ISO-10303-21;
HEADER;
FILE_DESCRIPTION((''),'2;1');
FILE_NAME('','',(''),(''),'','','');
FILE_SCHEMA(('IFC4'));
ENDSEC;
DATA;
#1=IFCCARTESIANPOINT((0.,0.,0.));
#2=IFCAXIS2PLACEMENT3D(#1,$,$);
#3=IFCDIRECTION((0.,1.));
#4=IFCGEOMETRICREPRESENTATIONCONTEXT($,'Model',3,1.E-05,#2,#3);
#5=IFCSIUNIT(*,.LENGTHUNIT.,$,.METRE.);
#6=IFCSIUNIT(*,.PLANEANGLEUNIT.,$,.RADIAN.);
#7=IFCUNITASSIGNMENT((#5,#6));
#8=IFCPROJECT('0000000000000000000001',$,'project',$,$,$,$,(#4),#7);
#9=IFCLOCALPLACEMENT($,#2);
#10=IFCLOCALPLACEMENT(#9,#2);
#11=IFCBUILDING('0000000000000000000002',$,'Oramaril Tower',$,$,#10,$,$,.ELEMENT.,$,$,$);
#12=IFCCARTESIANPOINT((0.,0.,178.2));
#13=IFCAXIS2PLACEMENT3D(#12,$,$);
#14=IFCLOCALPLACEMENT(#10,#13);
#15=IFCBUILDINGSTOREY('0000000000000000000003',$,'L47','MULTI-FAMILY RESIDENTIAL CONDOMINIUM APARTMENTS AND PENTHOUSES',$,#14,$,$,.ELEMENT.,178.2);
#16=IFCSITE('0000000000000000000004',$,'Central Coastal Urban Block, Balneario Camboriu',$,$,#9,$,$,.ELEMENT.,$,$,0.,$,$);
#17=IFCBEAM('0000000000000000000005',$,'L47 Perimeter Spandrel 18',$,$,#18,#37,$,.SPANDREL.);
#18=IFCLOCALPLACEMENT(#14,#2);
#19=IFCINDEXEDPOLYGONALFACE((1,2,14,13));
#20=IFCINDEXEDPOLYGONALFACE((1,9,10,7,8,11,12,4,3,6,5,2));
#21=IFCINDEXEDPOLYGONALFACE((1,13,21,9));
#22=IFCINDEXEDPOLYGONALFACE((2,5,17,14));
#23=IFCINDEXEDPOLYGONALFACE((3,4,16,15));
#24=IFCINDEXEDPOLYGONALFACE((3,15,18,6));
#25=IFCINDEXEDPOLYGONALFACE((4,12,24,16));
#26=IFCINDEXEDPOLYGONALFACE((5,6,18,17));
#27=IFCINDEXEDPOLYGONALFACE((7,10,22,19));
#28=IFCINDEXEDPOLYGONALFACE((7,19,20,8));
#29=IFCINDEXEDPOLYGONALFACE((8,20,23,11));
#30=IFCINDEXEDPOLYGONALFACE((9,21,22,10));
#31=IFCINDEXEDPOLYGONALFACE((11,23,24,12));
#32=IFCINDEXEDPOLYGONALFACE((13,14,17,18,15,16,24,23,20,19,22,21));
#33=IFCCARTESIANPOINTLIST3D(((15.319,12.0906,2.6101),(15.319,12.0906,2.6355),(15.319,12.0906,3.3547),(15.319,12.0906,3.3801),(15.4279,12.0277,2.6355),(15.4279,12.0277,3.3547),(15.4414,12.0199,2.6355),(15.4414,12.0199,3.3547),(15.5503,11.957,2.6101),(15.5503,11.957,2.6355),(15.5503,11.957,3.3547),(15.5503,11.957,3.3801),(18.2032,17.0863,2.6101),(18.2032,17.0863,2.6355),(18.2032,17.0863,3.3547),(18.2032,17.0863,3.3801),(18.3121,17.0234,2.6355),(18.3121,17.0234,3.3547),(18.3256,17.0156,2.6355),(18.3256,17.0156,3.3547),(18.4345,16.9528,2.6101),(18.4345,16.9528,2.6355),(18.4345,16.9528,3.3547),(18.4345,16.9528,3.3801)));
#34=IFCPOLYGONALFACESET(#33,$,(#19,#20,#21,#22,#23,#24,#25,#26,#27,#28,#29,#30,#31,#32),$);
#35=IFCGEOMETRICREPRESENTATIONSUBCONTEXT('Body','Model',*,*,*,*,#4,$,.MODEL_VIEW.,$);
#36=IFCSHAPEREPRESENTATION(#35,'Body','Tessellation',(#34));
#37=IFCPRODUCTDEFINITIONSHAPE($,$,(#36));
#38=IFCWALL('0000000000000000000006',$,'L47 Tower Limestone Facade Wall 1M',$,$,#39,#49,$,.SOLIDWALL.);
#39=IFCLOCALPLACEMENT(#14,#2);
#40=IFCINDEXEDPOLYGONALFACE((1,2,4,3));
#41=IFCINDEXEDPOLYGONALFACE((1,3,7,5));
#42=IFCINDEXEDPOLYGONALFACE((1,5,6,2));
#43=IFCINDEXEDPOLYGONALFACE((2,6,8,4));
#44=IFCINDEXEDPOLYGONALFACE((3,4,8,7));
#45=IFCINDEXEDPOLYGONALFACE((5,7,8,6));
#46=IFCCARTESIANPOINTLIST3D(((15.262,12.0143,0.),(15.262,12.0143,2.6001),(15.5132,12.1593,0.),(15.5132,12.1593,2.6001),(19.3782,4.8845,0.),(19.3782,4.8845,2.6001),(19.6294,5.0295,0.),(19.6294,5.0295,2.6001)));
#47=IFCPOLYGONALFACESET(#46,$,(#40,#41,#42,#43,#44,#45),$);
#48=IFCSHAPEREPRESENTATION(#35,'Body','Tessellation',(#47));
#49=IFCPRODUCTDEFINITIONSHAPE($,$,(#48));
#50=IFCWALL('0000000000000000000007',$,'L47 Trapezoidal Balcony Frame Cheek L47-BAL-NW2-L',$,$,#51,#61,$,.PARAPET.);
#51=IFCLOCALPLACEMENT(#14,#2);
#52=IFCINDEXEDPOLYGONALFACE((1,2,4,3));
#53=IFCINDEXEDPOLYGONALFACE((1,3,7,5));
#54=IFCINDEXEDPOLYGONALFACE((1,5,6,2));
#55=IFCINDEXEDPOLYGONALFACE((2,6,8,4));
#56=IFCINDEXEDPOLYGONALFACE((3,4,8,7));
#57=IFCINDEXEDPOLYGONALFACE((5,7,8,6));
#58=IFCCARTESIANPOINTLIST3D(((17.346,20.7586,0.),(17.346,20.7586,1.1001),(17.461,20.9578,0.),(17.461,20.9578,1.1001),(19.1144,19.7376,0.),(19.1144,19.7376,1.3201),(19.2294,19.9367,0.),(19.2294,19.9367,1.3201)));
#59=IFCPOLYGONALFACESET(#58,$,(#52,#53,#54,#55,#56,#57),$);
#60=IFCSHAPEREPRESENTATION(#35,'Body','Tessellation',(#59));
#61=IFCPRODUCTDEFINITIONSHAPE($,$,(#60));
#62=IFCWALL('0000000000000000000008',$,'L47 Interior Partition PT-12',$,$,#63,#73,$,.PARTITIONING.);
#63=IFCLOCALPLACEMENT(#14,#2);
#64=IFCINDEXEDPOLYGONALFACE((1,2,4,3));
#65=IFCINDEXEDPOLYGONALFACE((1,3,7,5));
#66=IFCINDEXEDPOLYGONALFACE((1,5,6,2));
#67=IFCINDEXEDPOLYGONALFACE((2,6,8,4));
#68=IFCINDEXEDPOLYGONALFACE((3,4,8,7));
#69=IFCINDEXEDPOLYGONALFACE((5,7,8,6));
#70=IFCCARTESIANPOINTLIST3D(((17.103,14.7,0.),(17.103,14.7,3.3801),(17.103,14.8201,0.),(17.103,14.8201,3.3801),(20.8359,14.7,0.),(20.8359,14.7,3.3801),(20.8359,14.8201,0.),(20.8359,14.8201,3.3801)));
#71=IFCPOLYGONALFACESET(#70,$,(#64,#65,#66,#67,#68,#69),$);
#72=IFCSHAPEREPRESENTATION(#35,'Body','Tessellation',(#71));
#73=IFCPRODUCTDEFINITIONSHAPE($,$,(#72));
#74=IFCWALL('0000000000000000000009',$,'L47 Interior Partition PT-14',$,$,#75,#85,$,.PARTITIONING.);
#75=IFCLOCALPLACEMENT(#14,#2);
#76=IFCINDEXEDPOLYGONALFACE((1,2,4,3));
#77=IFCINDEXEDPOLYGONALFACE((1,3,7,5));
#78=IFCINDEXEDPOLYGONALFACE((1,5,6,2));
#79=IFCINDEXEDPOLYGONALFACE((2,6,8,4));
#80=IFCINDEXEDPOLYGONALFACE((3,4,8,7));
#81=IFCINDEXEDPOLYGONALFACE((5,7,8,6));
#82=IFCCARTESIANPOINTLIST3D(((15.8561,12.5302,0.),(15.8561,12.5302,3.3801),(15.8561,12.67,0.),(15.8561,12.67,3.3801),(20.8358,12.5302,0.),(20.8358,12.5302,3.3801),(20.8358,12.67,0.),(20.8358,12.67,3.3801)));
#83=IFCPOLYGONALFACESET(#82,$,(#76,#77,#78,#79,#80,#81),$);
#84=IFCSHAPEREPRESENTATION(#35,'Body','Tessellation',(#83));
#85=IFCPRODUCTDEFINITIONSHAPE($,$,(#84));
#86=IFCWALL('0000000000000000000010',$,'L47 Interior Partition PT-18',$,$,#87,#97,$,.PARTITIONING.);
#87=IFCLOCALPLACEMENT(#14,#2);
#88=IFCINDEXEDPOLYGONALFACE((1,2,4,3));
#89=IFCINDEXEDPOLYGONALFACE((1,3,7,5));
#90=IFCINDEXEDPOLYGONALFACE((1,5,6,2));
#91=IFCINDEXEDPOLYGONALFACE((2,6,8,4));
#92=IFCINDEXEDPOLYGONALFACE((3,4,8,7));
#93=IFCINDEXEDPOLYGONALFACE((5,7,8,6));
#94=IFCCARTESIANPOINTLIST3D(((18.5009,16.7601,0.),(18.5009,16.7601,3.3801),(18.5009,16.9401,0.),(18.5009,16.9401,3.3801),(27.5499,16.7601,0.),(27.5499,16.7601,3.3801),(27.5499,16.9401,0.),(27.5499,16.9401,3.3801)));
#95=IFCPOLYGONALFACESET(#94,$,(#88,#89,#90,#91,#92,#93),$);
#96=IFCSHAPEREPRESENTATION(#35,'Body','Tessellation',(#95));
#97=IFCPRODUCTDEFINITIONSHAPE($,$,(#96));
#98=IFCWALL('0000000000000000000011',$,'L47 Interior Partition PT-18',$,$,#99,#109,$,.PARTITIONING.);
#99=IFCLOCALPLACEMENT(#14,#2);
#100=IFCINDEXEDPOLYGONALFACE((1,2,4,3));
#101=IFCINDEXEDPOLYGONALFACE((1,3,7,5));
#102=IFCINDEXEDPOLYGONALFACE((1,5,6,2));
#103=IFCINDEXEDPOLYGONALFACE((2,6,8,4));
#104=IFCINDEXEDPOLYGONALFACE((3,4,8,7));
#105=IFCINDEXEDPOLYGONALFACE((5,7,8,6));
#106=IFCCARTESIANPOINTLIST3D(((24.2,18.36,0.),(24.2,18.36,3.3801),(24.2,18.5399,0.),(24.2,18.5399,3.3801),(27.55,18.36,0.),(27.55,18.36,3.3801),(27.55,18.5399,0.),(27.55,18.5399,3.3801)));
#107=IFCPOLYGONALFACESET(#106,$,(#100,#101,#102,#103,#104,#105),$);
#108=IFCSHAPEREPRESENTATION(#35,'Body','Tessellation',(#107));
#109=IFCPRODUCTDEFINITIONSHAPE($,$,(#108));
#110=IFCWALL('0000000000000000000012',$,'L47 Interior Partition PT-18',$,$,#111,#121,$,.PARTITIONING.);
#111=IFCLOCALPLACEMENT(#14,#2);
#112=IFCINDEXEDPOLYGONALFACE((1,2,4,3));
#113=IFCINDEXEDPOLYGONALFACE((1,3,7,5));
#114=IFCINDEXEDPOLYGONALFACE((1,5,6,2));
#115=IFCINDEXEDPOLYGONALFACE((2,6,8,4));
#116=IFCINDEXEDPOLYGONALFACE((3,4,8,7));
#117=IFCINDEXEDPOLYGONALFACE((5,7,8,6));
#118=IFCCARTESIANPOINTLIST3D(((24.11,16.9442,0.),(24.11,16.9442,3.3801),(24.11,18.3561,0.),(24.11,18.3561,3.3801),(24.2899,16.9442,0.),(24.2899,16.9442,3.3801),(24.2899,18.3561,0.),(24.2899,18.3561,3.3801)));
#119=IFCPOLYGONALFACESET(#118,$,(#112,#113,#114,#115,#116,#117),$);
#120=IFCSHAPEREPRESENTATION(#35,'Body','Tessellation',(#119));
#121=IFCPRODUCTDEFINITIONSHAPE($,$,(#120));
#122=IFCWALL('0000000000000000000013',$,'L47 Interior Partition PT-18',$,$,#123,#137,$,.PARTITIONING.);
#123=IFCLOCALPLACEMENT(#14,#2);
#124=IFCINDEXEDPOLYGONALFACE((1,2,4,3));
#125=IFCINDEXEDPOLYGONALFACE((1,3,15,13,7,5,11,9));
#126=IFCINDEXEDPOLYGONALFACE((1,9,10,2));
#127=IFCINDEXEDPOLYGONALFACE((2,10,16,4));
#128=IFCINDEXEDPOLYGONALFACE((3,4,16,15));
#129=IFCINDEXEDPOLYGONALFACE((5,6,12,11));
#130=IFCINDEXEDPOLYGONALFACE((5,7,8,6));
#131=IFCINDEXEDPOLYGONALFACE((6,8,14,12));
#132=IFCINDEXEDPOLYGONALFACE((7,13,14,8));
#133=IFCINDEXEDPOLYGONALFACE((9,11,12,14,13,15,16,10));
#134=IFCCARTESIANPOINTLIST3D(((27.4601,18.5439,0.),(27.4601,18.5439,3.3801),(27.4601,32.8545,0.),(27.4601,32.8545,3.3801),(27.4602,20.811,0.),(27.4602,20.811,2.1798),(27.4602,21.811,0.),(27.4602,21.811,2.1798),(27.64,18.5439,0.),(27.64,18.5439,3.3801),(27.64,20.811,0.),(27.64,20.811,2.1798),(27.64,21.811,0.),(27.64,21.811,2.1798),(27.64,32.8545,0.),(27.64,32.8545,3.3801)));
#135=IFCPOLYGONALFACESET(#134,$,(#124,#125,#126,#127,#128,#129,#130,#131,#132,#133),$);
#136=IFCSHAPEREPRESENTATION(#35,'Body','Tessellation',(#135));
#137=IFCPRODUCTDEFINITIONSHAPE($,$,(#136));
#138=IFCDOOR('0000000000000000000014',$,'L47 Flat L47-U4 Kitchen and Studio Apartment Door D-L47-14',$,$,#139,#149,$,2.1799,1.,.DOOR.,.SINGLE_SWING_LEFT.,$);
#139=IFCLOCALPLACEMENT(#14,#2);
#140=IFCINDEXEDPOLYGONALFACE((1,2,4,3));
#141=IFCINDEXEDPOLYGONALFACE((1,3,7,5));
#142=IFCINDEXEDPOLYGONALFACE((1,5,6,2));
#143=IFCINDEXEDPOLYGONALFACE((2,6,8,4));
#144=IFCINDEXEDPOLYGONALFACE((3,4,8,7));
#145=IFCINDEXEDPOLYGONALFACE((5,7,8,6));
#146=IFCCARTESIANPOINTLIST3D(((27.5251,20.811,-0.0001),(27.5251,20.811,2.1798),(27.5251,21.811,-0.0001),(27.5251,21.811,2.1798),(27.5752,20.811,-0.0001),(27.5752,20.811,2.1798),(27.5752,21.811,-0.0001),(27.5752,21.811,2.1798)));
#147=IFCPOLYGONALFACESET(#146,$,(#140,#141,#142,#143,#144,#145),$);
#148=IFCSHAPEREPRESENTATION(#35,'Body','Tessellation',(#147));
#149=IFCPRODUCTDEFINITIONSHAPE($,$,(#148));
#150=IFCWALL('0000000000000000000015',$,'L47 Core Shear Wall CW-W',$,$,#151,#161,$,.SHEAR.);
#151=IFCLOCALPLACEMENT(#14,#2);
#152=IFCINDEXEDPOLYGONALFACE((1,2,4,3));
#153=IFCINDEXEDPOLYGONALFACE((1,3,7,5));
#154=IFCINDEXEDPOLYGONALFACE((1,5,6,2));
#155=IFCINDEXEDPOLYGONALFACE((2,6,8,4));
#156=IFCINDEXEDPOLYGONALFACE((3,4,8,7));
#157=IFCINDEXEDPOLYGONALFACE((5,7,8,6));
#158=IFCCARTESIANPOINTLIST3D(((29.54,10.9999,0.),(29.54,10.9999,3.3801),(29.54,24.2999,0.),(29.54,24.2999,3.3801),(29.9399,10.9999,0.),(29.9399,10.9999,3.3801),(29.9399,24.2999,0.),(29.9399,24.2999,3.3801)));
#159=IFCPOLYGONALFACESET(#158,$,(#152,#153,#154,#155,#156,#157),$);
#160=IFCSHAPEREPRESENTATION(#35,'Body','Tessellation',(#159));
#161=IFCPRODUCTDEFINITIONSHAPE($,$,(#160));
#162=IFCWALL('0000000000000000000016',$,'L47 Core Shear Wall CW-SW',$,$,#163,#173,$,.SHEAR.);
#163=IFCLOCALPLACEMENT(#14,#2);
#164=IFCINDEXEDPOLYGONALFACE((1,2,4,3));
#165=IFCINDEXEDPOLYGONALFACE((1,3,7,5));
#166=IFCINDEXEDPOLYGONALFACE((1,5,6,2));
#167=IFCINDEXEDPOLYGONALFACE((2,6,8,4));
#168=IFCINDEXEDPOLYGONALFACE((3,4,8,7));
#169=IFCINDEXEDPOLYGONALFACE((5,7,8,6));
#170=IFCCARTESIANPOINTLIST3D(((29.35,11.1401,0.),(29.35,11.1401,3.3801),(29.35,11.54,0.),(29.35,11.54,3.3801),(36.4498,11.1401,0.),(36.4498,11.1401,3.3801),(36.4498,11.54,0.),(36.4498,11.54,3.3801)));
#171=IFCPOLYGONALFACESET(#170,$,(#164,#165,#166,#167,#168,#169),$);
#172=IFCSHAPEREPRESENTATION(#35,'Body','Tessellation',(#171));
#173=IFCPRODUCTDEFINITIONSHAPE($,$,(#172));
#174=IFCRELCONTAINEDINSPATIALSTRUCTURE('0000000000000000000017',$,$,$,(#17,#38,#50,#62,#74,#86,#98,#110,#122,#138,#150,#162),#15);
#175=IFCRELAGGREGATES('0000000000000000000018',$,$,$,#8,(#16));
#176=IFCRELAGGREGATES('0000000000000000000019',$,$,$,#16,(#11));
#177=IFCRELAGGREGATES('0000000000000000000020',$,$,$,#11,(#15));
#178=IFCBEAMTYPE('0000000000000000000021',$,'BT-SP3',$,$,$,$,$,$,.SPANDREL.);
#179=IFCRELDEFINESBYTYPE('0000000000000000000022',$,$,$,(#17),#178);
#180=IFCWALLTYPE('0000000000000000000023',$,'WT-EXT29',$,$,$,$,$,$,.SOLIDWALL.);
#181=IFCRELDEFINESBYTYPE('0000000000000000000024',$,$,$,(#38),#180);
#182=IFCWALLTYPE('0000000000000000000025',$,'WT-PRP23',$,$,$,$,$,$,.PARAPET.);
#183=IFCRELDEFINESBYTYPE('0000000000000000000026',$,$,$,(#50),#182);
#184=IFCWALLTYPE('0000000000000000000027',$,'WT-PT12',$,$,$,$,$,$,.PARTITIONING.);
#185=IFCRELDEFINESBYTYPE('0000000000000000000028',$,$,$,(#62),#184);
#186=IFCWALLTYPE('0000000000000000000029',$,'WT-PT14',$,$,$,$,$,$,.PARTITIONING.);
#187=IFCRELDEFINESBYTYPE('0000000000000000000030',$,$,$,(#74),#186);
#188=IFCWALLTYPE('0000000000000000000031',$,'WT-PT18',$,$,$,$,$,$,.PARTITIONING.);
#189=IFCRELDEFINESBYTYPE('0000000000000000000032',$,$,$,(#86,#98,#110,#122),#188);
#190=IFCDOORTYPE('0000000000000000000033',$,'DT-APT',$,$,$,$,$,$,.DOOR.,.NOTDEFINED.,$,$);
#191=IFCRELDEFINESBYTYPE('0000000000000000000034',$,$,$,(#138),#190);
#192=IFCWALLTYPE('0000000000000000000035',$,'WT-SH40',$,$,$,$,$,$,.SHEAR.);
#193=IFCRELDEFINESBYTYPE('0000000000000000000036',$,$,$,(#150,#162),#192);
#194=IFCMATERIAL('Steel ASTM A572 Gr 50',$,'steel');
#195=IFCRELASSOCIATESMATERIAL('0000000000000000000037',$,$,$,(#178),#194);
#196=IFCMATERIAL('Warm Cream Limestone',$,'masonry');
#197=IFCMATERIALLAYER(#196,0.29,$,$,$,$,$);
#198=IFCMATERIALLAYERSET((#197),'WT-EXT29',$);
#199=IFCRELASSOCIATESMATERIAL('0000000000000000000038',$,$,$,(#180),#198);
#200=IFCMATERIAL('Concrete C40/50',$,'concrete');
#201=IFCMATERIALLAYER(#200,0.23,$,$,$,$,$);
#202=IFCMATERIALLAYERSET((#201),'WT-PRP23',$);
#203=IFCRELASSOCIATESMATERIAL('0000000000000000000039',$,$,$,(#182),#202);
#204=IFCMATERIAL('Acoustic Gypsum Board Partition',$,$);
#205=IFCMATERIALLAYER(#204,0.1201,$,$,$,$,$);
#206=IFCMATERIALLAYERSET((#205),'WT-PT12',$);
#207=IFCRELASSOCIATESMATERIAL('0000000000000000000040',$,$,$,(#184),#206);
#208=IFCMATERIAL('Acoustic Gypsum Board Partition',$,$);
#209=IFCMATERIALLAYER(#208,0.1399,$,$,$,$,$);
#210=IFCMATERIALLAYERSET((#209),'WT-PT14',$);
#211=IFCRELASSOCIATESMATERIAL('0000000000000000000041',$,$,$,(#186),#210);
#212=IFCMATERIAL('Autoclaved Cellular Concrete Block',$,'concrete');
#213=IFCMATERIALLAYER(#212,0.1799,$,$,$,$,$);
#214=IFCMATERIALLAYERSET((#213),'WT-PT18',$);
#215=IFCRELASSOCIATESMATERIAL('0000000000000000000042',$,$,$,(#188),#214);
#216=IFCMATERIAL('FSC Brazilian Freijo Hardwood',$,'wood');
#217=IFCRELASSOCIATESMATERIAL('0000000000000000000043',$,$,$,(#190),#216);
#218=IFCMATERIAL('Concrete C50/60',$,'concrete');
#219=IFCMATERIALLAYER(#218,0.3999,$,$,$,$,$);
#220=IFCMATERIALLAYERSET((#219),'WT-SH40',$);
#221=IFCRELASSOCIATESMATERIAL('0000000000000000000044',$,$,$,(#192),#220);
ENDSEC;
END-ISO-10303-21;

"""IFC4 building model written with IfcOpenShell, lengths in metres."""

from ifc_helpers import new_model, si_unit, direction, frame, frame_2d, origin, origin_2d, place, context, subcontext, project, spatial, polyline, rectangle, i_section, outline, extrude, material, layer, layer_set, material_profile, profile_set, type_object, element, fill, save


model = new_model("IFC4")

# Units and contexts
model_context = context("Model", 3, precision=1e-05, world=origin(), true_north=direction((0.0, 1.0)))
body_context = subcontext(model_context, "Body", "Model", "MODEL_VIEW")
ifc_project = project(units=[si_unit("LENGTHUNIT", "METRE"), si_unit("PLANEANGLEUNIT", "RADIAN")], contexts=[model_context])

# Site, building, storey
site_placement = place(None, origin())
site = spatial("IfcSite", under=ifc_project, at=site_placement, Name="Central Coastal Urban Block, Balneario Camboriu", CompositionType="ELEMENT", RefElevation=0.0)
building_placement = place(site_placement, origin())
building = spatial("IfcBuilding", under=site, at=building_placement, Name="Oramaril Tower", CompositionType="ELEMENT")
storey_placement = place(building_placement, frame((0.0, 0.0, 178.2)))
storey = spatial("IfcBuildingStorey", under=building, at=storey_placement, Name="L47", Description="MULTI-FAMILY RESIDENTIAL CONDOMINIUM APARTMENTS AND PENTHOUSES", CompositionType="ELEMENT", Elevation=178.2)

# Beam
ifc_material_1 = material(Name="Steel ASTM A572 Gr 50", Category="steel")
ifc_material_profile_1 = material_profile(ifc_material_1, i_section(OverallWidth=0.2671, OverallDepth=0.77, WebThickness=0.0156, FlangeThickness=0.0254, at=origin_2d()), Name="W30X132")
ifc_profile_set_1 = profile_set([ifc_material_profile_1], Name="Steel ASTM A572 Gr 50")
beam_type_1 = type_object("IfcBeamType", Name="BT-SP3", PredefinedType="SPANDREL", material=ifc_profile_set_1)
beam_1_placement = place(storey_placement, frame((18.3188, 17.0195, 2.9951), z_axis=(-0.49999, -0.866031, 0.0), x_axis=(0.866031, -0.49999, 0.0)))
element("IfcBeam", 1, at=beam_1_placement, inside=storey, type_object=beam_type_1, Name="L47 Perimeter Spandrel 18", PredefinedType="SPANDREL", context=body_context, shape_type="SweptSolid", body=[
    extrude(i_section(OverallWidth=0.2671, OverallDepth=0.77, WebThickness=0.0156, FlangeThickness=0.0254, at=origin_2d()), origin(), (0.0, 0.0, 1.0), 5.7686),
])

# Walls
ifc_material_2 = material(Name="Warm Cream Limestone", Category="masonry")
ifc_layer_1 = layer(ifc_material_2, 0.29)
ifc_layer_set_1 = layer_set([ifc_layer_1], Name="WT-EXT29")
wall_type_1 = type_object("IfcWallType", Name="WT-EXT29", PredefinedType="SOLIDWALL", material=ifc_layer_set_1)
wall_1_placement = place(storey_placement, frame((15.3877, 12.0867, 0.0), z_axis=(0.0, 0.0, 1.0), x_axis=(0.499979, -0.866037, 0.0)))
element("IfcWall", 2, at=wall_1_placement, inside=storey, type_object=wall_type_1, Name="L47 Tower Limestone Facade Wall 1M", PredefinedType="SOLIDWALL", context=body_context, shape_type="SweptSolid", body=[
    extrude(rectangle(XDim=8.2327, YDim=0.29, at=frame_2d((4.1162, 0.0))), origin(), (0.0, 0.0, 1.0), 2.6001),
])
ifc_material_3 = material(Name="Concrete C40/50", Category="concrete")
ifc_layer_2 = layer(ifc_material_3, 0.23)
ifc_layer_set_2 = layer_set([ifc_layer_2], Name="WT-PRP23")
wall_type_2 = type_object("IfcWallType", Name="WT-PRP23", PredefinedType="PARAPET", material=ifc_layer_set_2)
wall_2_placement = place(storey_placement, frame((19.1719, 19.8372, 0.0), z_axis=(0.0, 0.0, 1.0), x_axis=(-0.866012, 0.500023, 0.0)))
element("IfcWall", 3, at=wall_2_placement, inside=storey, type_object=wall_type_2, Name="L47 Trapezoidal Balcony Frame Cheek L47-BAL-NW2-L", PredefinedType="PARAPET", context=body_context, shape_type="SweptSolid", body=[
    extrude(outline(polyline([(0.0, 0.0), (2.042, 0.0), (2.042, 1.1001), (0.0, 1.3201), (0.0, 0.0)])), frame((0.0, 0.115, 0.0), z_axis=(0.0, -1.0, 0.0), x_axis=(1.0, 0.0, 0.0)), (0.0, 0.0, 1.0), 0.23),
])
ifc_material_4 = material(Name="Acoustic Gypsum Board Partition")
ifc_layer_3 = layer(ifc_material_4, 0.1201)
ifc_layer_set_3 = layer_set([ifc_layer_3], Name="WT-PT12")
wall_type_3 = type_object("IfcWallType", Name="WT-PT12", PredefinedType="PARTITIONING", material=ifc_layer_set_3)
wall_3_placement = place(storey_placement, frame((17.103, 14.76, 0.0), z_axis=(0.0, 0.0, 1.0), x_axis=(1.0, 0.0, 0.0)))
element("IfcWall", 4, at=wall_3_placement, inside=storey, type_object=wall_type_3, Name="L47 Interior Partition PT-12", PredefinedType="PARTITIONING", context=body_context, shape_type="SweptSolid", body=[
    extrude(rectangle(XDim=3.7329, YDim=0.1201, at=frame_2d((1.8665, 0.0))), origin(), (0.0, 0.0, 1.0), 3.3801),
])
ifc_material_5 = material(Name="Acoustic Gypsum Board Partition")
ifc_layer_4 = layer(ifc_material_5, 0.1399)
ifc_layer_set_4 = layer_set([ifc_layer_4], Name="WT-PT14")
wall_type_4 = type_object("IfcWallType", Name="WT-PT14", PredefinedType="PARTITIONING", material=ifc_layer_set_4)
wall_4_placement = place(storey_placement, frame((15.8562, 12.6001, 0.0), z_axis=(0.0, 0.0, 1.0), x_axis=(1.0, 0.0, 0.0)))
element("IfcWall", 5, at=wall_4_placement, inside=storey, type_object=wall_type_4, Name="L47 Interior Partition PT-14", PredefinedType="PARTITIONING", context=body_context, shape_type="SweptSolid", body=[
    extrude(rectangle(XDim=4.9797, YDim=0.1399, at=frame_2d((2.4897, 0.0))), origin(), (0.0, 0.0, 1.0), 3.3801),
])
ifc_material_6 = material(Name="Autoclaved Cellular Concrete Block", Category="concrete")
ifc_layer_5 = layer(ifc_material_6, 0.1799)
ifc_layer_set_5 = layer_set([ifc_layer_5], Name="WT-PT18")
wall_type_5 = type_object("IfcWallType", Name="WT-PT18", PredefinedType="PARTITIONING", material=ifc_layer_set_5)
wall_5_placement = place(storey_placement, frame((18.501, 16.8501, 0.0), z_axis=(0.0, 0.0, 1.0), x_axis=(1.0, 0.0, 0.0)))
element("IfcWall", 6, at=wall_5_placement, inside=storey, type_object=wall_type_5, Name="L47 Interior Partition PT-18", PredefinedType="PARTITIONING", context=body_context, shape_type="SweptSolid", body=[
    extrude(rectangle(XDim=9.0491, YDim=0.1799, at=frame_2d((4.5244, 0.0))), origin(), (0.0, 0.0, 1.0), 3.3801),
])
wall_6_placement = place(storey_placement, frame((24.2, 18.45, 0.0), z_axis=(0.0, 0.0, 1.0), x_axis=(1.0, 0.0, 0.0)))
element("IfcWall", 7, at=wall_6_placement, inside=storey, type_object=wall_type_5, Name="L47 Interior Partition PT-18", PredefinedType="PARTITIONING", context=body_context, shape_type="SweptSolid", body=[
    extrude(rectangle(XDim=3.3501, YDim=0.1799, at=frame_2d((1.675, 0.0))), origin(), (0.0, 0.0, 1.0), 3.3801),
])
wall_7_placement = place(storey_placement, frame((24.2, 16.9441, 0.0), z_axis=(0.0, 0.0, 1.0), x_axis=(0.0, 1.0, 0.0)))
element("IfcWall", 8, at=wall_7_placement, inside=storey, type_object=wall_type_5, Name="L47 Interior Partition PT-18", PredefinedType="PARTITIONING", context=body_context, shape_type="SweptSolid", body=[
    extrude(rectangle(XDim=1.4119, YDim=0.1799, at=frame_2d((0.7061, 0.0))), origin(), (0.0, 0.0, 1.0), 3.3801),
])

# Wall, opening, door
wall_8_placement = place(storey_placement, frame((27.55, 18.5439, 0.0), z_axis=(0.0, 0.0, 1.0), x_axis=(0.0, 1.0, 0.0)))
wall_8 = element("IfcWall", 9, at=wall_8_placement, inside=storey, type_object=wall_type_5, Name="L47 Interior Partition PT-18", PredefinedType="PARTITIONING", context=body_context, shape_type="SweptSolid", body=[
    extrude(rectangle(XDim=14.3105, YDim=0.1799, at=frame_2d((7.1553, 0.0))), origin(), (0.0, 0.0, 1.0), 3.3801),
])
opening_1_placement = place(wall_8_placement, frame((2.2671, 0.0, 0.0)))
opening_1 = element("IfcOpeningElement", 10, at=opening_1_placement, cuts=wall_8, PredefinedType="OPENING", context=body_context, shape_type="SweptSolid", body=[
    extrude(rectangle(XDim=1.0, YDim=2.1799, at=frame_2d((0.5, 1.0898))), frame((0.0, 0.0898, 0.0), z_axis=(0.0, -1.0, 0.0), x_axis=(1.0, 0.0, 0.0)), (0.0, 0.0, 1.0), 0.1799),
])
ifc_material_7 = material(Name="FSC Brazilian Freijo Hardwood", Category="wood")
door_type_1 = type_object("IfcDoorType", Name="DT-APT", OperationType="NOTDEFINED", PredefinedType="DOOR", material=ifc_material_7)
door_1_placement = place(opening_1_placement, origin())
door_1 = element("IfcDoor", 11, at=door_1_placement, inside=storey, type_object=door_type_1, Name="L47 Flat L47-U4 Kitchen and Studio Apartment Door D-L47-14", OperationType="SINGLE_SWING_LEFT", OverallHeight=2.1799, OverallWidth=1.0, PredefinedType="DOOR", context=body_context, shape_type="SweptSolid", body=[
    extrude(rectangle(XDim=1.0, YDim=2.1799, at=frame_2d((0.5, 1.0898))), frame((0.0, 0.0249, 0.0), z_axis=(0.0, -1.0, 0.0), x_axis=(1.0, 0.0, 0.0)), (0.0, 0.0, 1.0), 0.05),
])
fill(opening_1, door_1)

# Walls
ifc_material_8 = material(Name="Concrete C50/60", Category="concrete")
ifc_layer_6 = layer(ifc_material_8, 0.3999)
ifc_layer_set_6 = layer_set([ifc_layer_6], Name="WT-SH40")
wall_type_6 = type_object("IfcWallType", Name="WT-SH40", PredefinedType="SHEAR", material=ifc_layer_set_6)
wall_9_placement = place(storey_placement, frame((29.74, 11.0, 0.0), z_axis=(0.0, 0.0, 1.0), x_axis=(0.0, 1.0, 0.0)))
element("IfcWall", 12, at=wall_9_placement, inside=storey, type_object=wall_type_6, Name="L47 Core Shear Wall CW-W", PredefinedType="SHEAR", context=body_context, shape_type="SweptSolid", body=[
    extrude(rectangle(XDim=13.3, YDim=0.3999, at=frame_2d((6.6499, 0.0))), origin(), (0.0, 0.0, 1.0), 3.3801),
])
wall_10_placement = place(storey_placement, frame((29.3501, 11.3401, 0.0), z_axis=(0.0, 0.0, 1.0), x_axis=(1.0, 0.0, 0.0)))
element("IfcWall", 13, at=wall_10_placement, inside=storey, type_object=wall_type_6, Name="L47 Core Shear Wall CW-SW", PredefinedType="SHEAR", context=body_context, shape_type="SweptSolid", body=[
    extrude(rectangle(XDim=7.0999, YDim=0.3999, at=frame_2d((3.5498, 0.0))), origin(), (0.0, 0.0, 1.0), 3.3801),
])

save(model, "model.ifc")
